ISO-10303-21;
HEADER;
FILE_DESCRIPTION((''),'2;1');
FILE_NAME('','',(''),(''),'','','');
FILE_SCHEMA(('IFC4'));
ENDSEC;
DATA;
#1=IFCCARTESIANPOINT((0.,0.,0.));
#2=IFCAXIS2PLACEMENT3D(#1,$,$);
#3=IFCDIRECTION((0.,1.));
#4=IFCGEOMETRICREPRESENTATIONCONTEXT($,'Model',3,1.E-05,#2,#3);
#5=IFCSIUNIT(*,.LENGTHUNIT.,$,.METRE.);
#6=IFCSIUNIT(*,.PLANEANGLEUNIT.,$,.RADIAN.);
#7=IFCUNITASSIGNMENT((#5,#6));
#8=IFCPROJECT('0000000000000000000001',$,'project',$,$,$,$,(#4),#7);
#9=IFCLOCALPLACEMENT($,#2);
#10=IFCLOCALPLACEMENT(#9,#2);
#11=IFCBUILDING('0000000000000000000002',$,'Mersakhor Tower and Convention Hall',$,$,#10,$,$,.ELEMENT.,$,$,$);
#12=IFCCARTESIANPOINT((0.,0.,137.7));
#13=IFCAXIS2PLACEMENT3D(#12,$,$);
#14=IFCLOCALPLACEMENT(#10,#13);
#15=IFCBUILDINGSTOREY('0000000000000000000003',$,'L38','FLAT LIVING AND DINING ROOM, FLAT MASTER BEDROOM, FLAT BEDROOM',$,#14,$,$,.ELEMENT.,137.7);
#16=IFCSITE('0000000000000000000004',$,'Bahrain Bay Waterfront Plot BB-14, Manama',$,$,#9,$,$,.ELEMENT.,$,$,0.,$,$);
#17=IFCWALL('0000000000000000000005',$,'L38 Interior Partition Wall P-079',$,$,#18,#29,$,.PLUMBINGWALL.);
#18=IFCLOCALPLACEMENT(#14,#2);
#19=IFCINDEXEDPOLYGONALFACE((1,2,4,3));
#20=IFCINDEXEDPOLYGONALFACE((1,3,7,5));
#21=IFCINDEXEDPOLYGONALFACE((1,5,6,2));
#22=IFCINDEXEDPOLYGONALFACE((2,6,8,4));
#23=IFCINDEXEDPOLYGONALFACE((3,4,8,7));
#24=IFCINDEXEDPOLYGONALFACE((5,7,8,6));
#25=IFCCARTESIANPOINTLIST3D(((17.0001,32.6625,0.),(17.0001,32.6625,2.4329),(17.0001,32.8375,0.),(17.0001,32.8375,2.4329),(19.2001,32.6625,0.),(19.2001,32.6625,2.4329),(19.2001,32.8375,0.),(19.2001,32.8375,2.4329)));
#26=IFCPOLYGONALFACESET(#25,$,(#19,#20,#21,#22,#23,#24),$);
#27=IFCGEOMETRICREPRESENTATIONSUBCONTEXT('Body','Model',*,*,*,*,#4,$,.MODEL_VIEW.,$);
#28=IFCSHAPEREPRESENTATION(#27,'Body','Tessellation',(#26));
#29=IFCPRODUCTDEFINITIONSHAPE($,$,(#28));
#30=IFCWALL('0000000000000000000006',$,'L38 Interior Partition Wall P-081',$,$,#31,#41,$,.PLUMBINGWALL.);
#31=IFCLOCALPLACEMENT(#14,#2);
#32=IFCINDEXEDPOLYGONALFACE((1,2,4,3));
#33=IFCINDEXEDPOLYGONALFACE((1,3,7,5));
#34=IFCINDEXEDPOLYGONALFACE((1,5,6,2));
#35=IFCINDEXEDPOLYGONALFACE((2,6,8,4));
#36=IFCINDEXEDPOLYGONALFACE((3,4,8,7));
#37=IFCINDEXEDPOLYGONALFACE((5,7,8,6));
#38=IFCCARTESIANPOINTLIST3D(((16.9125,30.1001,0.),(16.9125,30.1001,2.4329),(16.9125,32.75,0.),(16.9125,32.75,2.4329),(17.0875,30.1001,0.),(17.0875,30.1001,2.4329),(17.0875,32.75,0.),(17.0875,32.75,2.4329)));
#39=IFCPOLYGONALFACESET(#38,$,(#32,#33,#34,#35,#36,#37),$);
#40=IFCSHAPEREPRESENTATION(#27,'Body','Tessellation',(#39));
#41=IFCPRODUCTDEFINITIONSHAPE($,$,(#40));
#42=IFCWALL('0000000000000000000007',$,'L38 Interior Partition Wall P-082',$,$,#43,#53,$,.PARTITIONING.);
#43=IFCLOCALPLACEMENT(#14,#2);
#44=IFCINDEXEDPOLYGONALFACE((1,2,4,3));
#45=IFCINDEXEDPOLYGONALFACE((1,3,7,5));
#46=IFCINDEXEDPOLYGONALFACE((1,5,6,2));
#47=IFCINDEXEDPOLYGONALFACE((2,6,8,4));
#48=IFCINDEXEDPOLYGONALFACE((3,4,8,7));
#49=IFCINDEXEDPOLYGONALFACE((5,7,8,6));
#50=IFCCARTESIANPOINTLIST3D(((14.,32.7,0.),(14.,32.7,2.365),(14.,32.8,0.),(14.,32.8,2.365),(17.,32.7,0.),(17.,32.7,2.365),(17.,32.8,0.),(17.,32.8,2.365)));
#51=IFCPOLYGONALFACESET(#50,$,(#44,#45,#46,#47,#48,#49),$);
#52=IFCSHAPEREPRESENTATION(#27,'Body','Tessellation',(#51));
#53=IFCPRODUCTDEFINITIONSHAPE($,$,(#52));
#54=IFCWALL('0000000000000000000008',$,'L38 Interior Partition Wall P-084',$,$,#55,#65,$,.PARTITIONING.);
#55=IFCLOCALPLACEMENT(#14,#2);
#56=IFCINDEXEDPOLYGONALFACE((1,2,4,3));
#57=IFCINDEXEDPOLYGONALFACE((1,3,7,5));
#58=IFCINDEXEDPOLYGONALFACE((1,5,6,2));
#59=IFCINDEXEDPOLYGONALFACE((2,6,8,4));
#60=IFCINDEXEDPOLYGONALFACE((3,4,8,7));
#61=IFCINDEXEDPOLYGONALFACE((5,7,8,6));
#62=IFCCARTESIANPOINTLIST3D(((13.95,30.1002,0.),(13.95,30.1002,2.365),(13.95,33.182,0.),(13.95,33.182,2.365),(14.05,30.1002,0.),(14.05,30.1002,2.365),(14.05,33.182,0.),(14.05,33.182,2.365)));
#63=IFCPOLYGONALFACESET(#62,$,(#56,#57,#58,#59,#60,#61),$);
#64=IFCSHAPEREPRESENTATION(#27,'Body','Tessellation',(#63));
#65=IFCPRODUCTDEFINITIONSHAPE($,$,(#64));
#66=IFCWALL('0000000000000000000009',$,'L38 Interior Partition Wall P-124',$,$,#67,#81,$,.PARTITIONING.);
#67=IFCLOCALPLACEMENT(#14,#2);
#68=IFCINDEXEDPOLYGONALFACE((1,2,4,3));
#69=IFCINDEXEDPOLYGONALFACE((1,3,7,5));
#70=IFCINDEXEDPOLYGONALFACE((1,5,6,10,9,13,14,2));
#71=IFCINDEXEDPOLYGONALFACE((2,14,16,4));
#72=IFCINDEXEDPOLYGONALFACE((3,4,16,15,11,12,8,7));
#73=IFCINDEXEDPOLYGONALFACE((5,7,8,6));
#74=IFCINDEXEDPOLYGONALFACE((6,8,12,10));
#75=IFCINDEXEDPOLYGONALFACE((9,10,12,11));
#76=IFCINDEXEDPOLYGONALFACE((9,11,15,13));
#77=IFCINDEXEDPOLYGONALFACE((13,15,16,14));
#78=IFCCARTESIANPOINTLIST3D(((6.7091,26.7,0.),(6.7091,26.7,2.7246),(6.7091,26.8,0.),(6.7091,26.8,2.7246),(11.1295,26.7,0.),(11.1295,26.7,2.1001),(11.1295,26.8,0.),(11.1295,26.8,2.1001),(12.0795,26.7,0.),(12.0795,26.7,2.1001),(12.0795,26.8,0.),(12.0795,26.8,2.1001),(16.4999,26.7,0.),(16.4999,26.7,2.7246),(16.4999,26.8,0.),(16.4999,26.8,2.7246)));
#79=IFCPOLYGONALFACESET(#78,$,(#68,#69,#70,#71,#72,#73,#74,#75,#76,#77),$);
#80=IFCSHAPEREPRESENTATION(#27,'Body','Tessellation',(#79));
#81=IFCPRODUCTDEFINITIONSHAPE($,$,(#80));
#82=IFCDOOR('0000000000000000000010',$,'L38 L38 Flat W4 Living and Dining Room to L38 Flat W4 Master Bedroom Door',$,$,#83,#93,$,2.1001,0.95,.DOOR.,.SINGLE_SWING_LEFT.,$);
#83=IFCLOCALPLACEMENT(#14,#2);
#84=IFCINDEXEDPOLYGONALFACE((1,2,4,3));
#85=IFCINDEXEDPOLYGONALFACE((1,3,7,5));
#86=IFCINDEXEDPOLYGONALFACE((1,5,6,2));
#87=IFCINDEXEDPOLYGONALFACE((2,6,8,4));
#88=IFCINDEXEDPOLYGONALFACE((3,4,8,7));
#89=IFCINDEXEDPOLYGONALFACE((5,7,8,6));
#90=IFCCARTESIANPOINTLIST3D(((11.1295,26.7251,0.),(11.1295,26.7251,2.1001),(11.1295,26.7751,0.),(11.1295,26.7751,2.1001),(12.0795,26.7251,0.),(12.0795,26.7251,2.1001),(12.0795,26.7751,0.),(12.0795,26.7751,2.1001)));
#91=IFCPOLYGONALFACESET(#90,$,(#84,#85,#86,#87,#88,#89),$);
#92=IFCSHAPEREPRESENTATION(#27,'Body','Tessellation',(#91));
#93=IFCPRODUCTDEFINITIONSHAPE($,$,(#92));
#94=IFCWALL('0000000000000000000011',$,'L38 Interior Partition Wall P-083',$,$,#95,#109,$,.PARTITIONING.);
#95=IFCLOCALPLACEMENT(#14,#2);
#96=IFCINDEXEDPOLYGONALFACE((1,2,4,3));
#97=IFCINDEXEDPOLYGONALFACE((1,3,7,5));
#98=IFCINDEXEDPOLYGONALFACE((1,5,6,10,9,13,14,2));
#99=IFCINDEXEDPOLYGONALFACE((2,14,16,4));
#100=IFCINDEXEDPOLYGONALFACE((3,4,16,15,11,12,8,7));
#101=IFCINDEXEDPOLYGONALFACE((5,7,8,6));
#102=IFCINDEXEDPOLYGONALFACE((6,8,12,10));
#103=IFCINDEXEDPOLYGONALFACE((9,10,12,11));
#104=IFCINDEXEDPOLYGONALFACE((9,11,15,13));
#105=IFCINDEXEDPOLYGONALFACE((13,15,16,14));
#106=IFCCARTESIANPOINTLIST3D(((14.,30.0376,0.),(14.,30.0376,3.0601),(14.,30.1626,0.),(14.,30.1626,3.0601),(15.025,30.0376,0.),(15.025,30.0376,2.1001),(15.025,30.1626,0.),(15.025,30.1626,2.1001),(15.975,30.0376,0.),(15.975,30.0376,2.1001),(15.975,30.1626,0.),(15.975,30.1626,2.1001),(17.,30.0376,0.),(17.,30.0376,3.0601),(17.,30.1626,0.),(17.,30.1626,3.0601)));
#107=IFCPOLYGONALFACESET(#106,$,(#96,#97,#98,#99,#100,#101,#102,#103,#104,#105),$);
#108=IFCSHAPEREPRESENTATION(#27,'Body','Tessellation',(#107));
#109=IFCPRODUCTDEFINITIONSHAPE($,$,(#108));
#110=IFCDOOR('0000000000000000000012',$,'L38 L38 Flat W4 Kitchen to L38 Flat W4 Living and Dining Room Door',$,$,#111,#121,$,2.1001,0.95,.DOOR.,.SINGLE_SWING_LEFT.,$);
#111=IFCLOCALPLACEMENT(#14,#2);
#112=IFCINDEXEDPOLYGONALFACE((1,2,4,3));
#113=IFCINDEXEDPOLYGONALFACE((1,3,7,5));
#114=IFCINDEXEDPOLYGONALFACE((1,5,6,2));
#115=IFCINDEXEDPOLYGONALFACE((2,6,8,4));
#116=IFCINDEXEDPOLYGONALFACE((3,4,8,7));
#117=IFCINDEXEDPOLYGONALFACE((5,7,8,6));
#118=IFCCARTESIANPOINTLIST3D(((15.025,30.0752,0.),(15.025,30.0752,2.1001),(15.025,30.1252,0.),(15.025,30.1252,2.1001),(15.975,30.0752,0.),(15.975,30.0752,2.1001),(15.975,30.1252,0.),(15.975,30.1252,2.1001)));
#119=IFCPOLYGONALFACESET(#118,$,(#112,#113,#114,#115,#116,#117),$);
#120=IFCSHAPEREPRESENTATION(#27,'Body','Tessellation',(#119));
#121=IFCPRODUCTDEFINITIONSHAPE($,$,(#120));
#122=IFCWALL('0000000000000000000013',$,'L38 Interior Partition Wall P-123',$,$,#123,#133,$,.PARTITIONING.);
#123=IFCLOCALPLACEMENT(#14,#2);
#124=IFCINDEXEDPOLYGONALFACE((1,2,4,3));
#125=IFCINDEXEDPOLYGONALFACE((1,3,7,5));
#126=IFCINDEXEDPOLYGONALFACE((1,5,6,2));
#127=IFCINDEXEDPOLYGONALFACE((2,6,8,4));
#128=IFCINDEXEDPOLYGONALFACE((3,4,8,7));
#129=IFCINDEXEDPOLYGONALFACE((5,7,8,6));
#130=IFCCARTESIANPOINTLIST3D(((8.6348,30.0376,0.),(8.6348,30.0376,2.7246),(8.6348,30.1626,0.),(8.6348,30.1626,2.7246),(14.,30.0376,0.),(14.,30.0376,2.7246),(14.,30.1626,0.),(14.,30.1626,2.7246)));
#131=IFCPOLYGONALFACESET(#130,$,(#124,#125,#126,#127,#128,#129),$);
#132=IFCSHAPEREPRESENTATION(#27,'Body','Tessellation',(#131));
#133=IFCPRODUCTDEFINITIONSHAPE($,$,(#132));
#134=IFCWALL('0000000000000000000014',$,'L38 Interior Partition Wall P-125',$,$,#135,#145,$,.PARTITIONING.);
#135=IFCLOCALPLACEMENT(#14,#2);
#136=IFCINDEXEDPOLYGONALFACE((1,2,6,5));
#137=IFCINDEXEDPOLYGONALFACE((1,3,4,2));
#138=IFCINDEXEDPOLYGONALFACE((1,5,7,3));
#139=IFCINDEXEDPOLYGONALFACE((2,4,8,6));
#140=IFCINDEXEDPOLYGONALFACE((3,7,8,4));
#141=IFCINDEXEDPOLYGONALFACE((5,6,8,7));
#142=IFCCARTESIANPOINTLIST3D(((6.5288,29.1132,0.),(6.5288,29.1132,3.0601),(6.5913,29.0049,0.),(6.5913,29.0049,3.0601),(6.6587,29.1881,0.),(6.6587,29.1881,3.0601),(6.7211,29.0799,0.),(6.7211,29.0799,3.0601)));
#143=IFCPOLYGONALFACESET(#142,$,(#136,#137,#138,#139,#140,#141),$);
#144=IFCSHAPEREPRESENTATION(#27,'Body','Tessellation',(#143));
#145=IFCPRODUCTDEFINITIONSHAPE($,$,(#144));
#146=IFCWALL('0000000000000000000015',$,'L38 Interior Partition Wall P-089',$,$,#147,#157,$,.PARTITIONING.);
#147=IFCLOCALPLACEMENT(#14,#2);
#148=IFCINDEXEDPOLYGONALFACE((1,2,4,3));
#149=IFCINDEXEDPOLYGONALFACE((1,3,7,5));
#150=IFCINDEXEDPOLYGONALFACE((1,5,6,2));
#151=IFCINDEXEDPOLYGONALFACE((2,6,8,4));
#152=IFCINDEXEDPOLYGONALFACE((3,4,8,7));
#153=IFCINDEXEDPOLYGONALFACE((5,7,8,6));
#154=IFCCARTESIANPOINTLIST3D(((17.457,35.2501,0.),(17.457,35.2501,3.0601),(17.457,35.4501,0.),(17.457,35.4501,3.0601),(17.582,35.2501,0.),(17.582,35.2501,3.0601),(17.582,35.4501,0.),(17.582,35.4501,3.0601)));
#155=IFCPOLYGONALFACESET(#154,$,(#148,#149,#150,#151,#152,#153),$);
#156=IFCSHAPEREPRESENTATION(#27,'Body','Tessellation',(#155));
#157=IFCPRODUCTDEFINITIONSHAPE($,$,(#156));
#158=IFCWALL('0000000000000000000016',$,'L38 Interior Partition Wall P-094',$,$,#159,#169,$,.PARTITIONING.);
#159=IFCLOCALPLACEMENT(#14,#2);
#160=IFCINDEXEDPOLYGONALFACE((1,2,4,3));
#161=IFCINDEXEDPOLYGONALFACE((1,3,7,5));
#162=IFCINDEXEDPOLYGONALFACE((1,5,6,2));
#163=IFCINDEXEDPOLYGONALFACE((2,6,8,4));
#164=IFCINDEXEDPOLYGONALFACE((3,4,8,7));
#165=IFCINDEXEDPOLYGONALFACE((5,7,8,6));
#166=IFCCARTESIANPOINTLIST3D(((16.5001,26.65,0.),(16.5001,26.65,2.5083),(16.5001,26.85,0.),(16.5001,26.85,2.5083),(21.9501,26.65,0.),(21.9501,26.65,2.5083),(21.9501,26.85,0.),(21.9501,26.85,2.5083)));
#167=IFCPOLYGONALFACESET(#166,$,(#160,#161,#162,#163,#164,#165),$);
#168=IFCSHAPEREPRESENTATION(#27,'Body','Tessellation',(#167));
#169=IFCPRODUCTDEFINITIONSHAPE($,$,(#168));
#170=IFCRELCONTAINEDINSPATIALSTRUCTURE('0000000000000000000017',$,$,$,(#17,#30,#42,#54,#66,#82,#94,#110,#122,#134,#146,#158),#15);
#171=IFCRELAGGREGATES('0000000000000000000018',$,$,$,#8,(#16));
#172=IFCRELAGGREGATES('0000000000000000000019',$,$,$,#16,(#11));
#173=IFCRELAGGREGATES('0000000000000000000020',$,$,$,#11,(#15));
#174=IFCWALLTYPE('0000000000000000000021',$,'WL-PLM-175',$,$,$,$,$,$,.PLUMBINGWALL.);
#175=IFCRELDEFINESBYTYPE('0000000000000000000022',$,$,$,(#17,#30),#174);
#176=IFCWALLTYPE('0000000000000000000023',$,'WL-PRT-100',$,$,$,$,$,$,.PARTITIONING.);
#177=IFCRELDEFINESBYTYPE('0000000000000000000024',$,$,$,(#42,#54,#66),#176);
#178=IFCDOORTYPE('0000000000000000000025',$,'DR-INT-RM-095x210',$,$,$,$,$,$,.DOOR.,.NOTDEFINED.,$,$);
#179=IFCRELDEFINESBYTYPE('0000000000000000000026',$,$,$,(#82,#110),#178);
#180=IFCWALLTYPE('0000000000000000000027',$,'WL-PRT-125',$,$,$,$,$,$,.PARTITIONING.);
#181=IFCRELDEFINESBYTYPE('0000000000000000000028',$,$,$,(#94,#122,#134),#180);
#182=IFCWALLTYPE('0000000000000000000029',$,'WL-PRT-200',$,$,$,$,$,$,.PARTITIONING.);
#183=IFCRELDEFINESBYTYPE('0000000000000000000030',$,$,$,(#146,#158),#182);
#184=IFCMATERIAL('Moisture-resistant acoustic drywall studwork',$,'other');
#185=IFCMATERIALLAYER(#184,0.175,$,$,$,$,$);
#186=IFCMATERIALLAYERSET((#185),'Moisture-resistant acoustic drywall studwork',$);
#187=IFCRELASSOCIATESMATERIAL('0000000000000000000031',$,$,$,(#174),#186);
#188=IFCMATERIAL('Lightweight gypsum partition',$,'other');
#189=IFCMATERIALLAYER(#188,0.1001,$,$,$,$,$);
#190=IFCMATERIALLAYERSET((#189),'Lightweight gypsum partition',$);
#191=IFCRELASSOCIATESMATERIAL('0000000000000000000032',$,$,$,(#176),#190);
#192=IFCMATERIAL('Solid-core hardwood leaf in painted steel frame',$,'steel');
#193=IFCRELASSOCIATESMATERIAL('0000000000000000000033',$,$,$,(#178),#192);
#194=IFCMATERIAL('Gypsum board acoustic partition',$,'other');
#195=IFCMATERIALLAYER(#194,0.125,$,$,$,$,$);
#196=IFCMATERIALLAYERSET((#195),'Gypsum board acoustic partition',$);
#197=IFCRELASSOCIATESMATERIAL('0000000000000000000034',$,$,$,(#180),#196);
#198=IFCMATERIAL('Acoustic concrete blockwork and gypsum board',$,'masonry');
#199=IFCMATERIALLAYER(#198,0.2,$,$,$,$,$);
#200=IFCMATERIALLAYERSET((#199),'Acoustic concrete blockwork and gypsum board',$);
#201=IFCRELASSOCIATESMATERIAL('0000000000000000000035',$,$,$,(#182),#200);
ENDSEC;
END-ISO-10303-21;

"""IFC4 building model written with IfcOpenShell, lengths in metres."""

from ifc_helpers import new_model, si_unit, direction, frame, frame_2d, origin, place, context, subcontext, project, spatial, rectangle, extrude, material, layer, layer_set, type_object, element, fill, save


model = new_model("IFC4")

# Units and contexts
model_context = context("Model", 3, precision=1e-05, world=origin(), true_north=direction((0.0, 1.0)))
body_context = subcontext(model_context, "Body", "Model", "MODEL_VIEW")
ifc_project = project(units=[si_unit("LENGTHUNIT", "METRE"), si_unit("PLANEANGLEUNIT", "RADIAN")], contexts=[model_context])

# Site, building, storey
site_placement = place(None, origin())
site = spatial("IfcSite", under=ifc_project, at=site_placement, Name="Bahrain Bay Waterfront Plot BB-14, Manama", CompositionType="ELEMENT", RefElevation=0.0)
building_placement = place(site_placement, origin())
building = spatial("IfcBuilding", under=site, at=building_placement, Name="Mersakhor Tower and Convention Hall", CompositionType="ELEMENT")
storey_placement = place(building_placement, frame((0.0, 0.0, 137.7)))
storey = spatial("IfcBuildingStorey", under=building, at=storey_placement, Name="L38", Description="FLAT LIVING AND DINING ROOM, FLAT MASTER BEDROOM, FLAT BEDROOM", CompositionType="ELEMENT", Elevation=137.7)

# Walls
ifc_material_1 = material(Name="Moisture-resistant acoustic drywall studwork", Category="other")
ifc_layer_1 = layer(ifc_material_1, 0.175)
ifc_layer_set_1 = layer_set([ifc_layer_1], Name="Moisture-resistant acoustic drywall studwork")
wall_type_1 = type_object("IfcWallType", Name="WL-PLM-175", PredefinedType="PLUMBINGWALL", material=ifc_layer_set_1)
wall_1_placement = place(storey_placement, frame((17.0, 32.75, 0.0), z_axis=(0.0, 0.0, 1.0), x_axis=(1.0, 0.0, 0.0)))
element("IfcWall", 1, at=wall_1_placement, inside=storey, type_object=wall_type_1, Name="L38 Interior Partition Wall P-079", PredefinedType="PLUMBINGWALL", context=body_context, shape_type="SweptSolid", body=[
    extrude(rectangle(XDim=2.2, YDim=0.175, at=frame_2d((1.1001, 0.0))), origin(), (0.0, 0.0, 1.0), 2.4329),
])
wall_2_placement = place(storey_placement, frame((17.0, 30.1001, 0.0), z_axis=(0.0, 0.0, 1.0), x_axis=(0.0, 1.0, 0.0)))
element("IfcWall", 2, at=wall_2_placement, inside=storey, type_object=wall_type_1, Name="L38 Interior Partition Wall P-081", PredefinedType="PLUMBINGWALL", context=body_context, shape_type="SweptSolid", body=[
    extrude(rectangle(XDim=2.6499, YDim=0.175, at=frame_2d((1.325, 0.0))), origin(), (0.0, 0.0, 1.0), 2.4329),
])
ifc_material_2 = material(Name="Lightweight gypsum partition", Category="other")
ifc_layer_2 = layer(ifc_material_2, 0.1001)
ifc_layer_set_2 = layer_set([ifc_layer_2], Name="Lightweight gypsum partition")
wall_type_2 = type_object("IfcWallType", Name="WL-PRT-100", PredefinedType="PARTITIONING", material=ifc_layer_set_2)
wall_3_placement = place(storey_placement, frame((14.0, 32.75, 0.0), z_axis=(0.0, 0.0, 1.0), x_axis=(1.0, 0.0, 0.0)))
element("IfcWall", 3, at=wall_3_placement, inside=storey, type_object=wall_type_2, Name="L38 Interior Partition Wall P-082", PredefinedType="PARTITIONING", context=body_context, shape_type="SweptSolid", body=[
    extrude(rectangle(XDim=3.0, YDim=0.1001, at=frame_2d((1.5, 0.0))), origin(), (0.0, 0.0, 1.0), 2.365),
])
wall_4_placement = place(storey_placement, frame((14.0, 30.1001, 0.0), z_axis=(0.0, 0.0, 1.0), x_axis=(0.0, 1.0, 0.0)))
element("IfcWall", 4, at=wall_4_placement, inside=storey, type_object=wall_type_2, Name="L38 Interior Partition Wall P-084", PredefinedType="PARTITIONING", context=body_context, shape_type="SweptSolid", body=[
    extrude(rectangle(XDim=3.0818, YDim=0.1001, at=frame_2d((1.541, 0.0))), origin(), (0.0, 0.0, 1.0), 2.365),
])

# Walls, openings, doors
wall_5_placement = place(storey_placement, frame((16.5, 26.75, 0.0), z_axis=(0.0, 0.0, 1.0), x_axis=(-1.0, 0.0, 0.0)))
wall_5 = element("IfcWall", 5, at=wall_5_placement, inside=storey, type_object=wall_type_2, Name="L38 Interior Partition Wall P-124", PredefinedType="PARTITIONING", context=body_context, shape_type="SweptSolid", body=[
    extrude(rectangle(XDim=9.7908, YDim=0.1001, at=frame_2d((4.8955, 0.0))), origin(), (0.0, 0.0, 1.0), 2.7246),
])
opening_1_placement = place(wall_5_placement, frame((4.4204, 0.0, 0.0)))
opening_1 = element("IfcOpeningElement", 6, at=opening_1_placement, cuts=wall_5, PredefinedType="OPENING", context=body_context, shape_type="SweptSolid", body=[
    extrude(rectangle(XDim=0.95, YDim=2.1001, at=frame_2d((0.4751, 1.05))), frame((0.0, 0.0601, 0.0), z_axis=(0.0, -1.0, 0.0), x_axis=(1.0, 0.0, 0.0)), (0.0, 0.0, 1.0), 0.1201),
])
ifc_material_3 = material(Name="Solid-core hardwood leaf in painted steel frame", Category="steel")
door_type_1 = type_object("IfcDoorType", Name="DR-INT-RM-095x210", OperationType="NOTDEFINED", PredefinedType="DOOR", material=ifc_material_3)
door_1_placement = place(opening_1_placement, origin())
door_1 = element("IfcDoor", 7, at=door_1_placement, inside=storey, type_object=door_type_1, Name="L38 L38 Flat W4 Living and Dining Room to L38 Flat W4 Master Bedroom Door", OperationType="SINGLE_SWING_LEFT", OverallHeight=2.1001, OverallWidth=0.95, PredefinedType="DOOR", context=body_context, shape_type="SweptSolid", body=[
    extrude(rectangle(XDim=0.95, YDim=2.1001, at=frame_2d((0.4751, 1.05))), frame((0.0, 0.0249, 0.0), z_axis=(0.0, -1.0, 0.0), x_axis=(1.0, 0.0, 0.0)), (0.0, 0.0, 1.0), 0.05),
])
fill(opening_1, door_1)
ifc_material_4 = material(Name="Gypsum board acoustic partition", Category="other")
ifc_layer_3 = layer(ifc_material_4, 0.125)
ifc_layer_set_3 = layer_set([ifc_layer_3], Name="Gypsum board acoustic partition")
wall_type_3 = type_object("IfcWallType", Name="WL-PRT-125", PredefinedType="PARTITIONING", material=ifc_layer_set_3)
wall_6_placement = place(storey_placement, frame((17.0, 30.1001, 0.0), z_axis=(0.0, 0.0, 1.0), x_axis=(-1.0, 0.0, 0.0)))
wall_6 = element("IfcWall", 8, at=wall_6_placement, inside=storey, type_object=wall_type_3, Name="L38 Interior Partition Wall P-083", PredefinedType="PARTITIONING", context=body_context, shape_type="SweptSolid", body=[
    extrude(rectangle(XDim=3.0, YDim=0.125, at=frame_2d((1.5, 0.0))), origin(), (0.0, 0.0, 1.0), 3.0601),
])
opening_2_placement = place(wall_6_placement, frame((1.0249, 0.0, 0.0)))
opening_2 = element("IfcOpeningElement", 9, at=opening_2_placement, cuts=wall_6, PredefinedType="OPENING", context=body_context, shape_type="SweptSolid", body=[
    extrude(rectangle(XDim=0.95, YDim=2.1001, at=frame_2d((0.4751, 1.05))), frame((0.0, 0.0725, 0.0), z_axis=(0.0, -1.0, 0.0), x_axis=(1.0, 0.0, 0.0)), (0.0, 0.0, 1.0), 0.145),
])
door_2_placement = place(opening_2_placement, origin())
door_2 = element("IfcDoor", 10, at=door_2_placement, inside=storey, type_object=door_type_1, Name="L38 L38 Flat W4 Kitchen to L38 Flat W4 Living and Dining Room Door", OperationType="SINGLE_SWING_LEFT", OverallHeight=2.1001, OverallWidth=0.95, PredefinedType="DOOR", context=body_context, shape_type="SweptSolid", body=[
    extrude(rectangle(XDim=0.95, YDim=2.1001, at=frame_2d((0.4751, 1.05))), frame((0.0, 0.0249, 0.0), z_axis=(0.0, -1.0, 0.0), x_axis=(1.0, 0.0, 0.0)), (0.0, 0.0, 1.0), 0.05),
])
fill(opening_2, door_2)

# Walls
wall_7_placement = place(storey_placement, frame((8.6348, 30.1001, 0.0), z_axis=(0.0, 0.0, 1.0), x_axis=(1.0, 0.0, 0.0)))
element("IfcWall", 11, at=wall_7_placement, inside=storey, type_object=wall_type_3, Name="L38 Interior Partition Wall P-123", PredefinedType="PARTITIONING", context=body_context, shape_type="SweptSolid", body=[
    extrude(rectangle(XDim=5.3652, YDim=0.125, at=frame_2d((2.6826, 0.0))), origin(), (0.0, 0.0, 1.0), 2.7246),
])
wall_8_placement = place(storey_placement, frame((6.5601, 29.0591, 0.0), z_axis=(0.0, 0.0, 1.0), x_axis=(0.866131, 0.499816, 0.0)))
element("IfcWall", 12, at=wall_8_placement, inside=storey, type_object=wall_type_3, Name="L38 Interior Partition Wall P-125", PredefinedType="PARTITIONING", context=body_context, shape_type="SweptSolid", body=[
    extrude(rectangle(XDim=0.1499, YDim=0.125, at=frame_2d((0.075, 0.0))), origin(), (0.0, 0.0, 1.0), 3.0601),
])
ifc_material_5 = material(Name="Acoustic concrete blockwork and gypsum board", Category="masonry")
ifc_layer_4 = layer(ifc_material_5, 0.2)
ifc_layer_set_4 = layer_set([ifc_layer_4], Name="Acoustic concrete blockwork and gypsum board")
wall_type_4 = type_object("IfcWallType", Name="WL-PRT-200", PredefinedType="PARTITIONING", material=ifc_layer_set_4)
wall_9_placement = place(storey_placement, frame((17.582, 35.3501, 0.0), z_axis=(0.0, 0.0, 1.0), x_axis=(-1.0, 0.0, 0.0)))
element("IfcWall", 13, at=wall_9_placement, inside=storey, type_object=wall_type_4, Name="L38 Interior Partition Wall P-089", PredefinedType="PARTITIONING", context=body_context, shape_type="SweptSolid", body=[
    extrude(rectangle(XDim=0.125, YDim=0.2, at=frame_2d((0.0625, 0.0))), origin(), (0.0, 0.0, 1.0), 3.0601),
])
wall_10_placement = place(storey_placement, frame((16.5, 26.75, 0.0), z_axis=(0.0, 0.0, 1.0), x_axis=(1.0, 0.0, 0.0)))
element("IfcWall", 14, at=wall_10_placement, inside=storey, type_object=wall_type_4, Name="L38 Interior Partition Wall P-094", PredefinedType="PARTITIONING", context=body_context, shape_type="SweptSolid", body=[
    extrude(rectangle(XDim=5.45, YDim=0.2, at=frame_2d((2.7251, 0.0))), origin(), (0.0, 0.0, 1.0), 2.5083),
])

save(model, "model.ifc")
